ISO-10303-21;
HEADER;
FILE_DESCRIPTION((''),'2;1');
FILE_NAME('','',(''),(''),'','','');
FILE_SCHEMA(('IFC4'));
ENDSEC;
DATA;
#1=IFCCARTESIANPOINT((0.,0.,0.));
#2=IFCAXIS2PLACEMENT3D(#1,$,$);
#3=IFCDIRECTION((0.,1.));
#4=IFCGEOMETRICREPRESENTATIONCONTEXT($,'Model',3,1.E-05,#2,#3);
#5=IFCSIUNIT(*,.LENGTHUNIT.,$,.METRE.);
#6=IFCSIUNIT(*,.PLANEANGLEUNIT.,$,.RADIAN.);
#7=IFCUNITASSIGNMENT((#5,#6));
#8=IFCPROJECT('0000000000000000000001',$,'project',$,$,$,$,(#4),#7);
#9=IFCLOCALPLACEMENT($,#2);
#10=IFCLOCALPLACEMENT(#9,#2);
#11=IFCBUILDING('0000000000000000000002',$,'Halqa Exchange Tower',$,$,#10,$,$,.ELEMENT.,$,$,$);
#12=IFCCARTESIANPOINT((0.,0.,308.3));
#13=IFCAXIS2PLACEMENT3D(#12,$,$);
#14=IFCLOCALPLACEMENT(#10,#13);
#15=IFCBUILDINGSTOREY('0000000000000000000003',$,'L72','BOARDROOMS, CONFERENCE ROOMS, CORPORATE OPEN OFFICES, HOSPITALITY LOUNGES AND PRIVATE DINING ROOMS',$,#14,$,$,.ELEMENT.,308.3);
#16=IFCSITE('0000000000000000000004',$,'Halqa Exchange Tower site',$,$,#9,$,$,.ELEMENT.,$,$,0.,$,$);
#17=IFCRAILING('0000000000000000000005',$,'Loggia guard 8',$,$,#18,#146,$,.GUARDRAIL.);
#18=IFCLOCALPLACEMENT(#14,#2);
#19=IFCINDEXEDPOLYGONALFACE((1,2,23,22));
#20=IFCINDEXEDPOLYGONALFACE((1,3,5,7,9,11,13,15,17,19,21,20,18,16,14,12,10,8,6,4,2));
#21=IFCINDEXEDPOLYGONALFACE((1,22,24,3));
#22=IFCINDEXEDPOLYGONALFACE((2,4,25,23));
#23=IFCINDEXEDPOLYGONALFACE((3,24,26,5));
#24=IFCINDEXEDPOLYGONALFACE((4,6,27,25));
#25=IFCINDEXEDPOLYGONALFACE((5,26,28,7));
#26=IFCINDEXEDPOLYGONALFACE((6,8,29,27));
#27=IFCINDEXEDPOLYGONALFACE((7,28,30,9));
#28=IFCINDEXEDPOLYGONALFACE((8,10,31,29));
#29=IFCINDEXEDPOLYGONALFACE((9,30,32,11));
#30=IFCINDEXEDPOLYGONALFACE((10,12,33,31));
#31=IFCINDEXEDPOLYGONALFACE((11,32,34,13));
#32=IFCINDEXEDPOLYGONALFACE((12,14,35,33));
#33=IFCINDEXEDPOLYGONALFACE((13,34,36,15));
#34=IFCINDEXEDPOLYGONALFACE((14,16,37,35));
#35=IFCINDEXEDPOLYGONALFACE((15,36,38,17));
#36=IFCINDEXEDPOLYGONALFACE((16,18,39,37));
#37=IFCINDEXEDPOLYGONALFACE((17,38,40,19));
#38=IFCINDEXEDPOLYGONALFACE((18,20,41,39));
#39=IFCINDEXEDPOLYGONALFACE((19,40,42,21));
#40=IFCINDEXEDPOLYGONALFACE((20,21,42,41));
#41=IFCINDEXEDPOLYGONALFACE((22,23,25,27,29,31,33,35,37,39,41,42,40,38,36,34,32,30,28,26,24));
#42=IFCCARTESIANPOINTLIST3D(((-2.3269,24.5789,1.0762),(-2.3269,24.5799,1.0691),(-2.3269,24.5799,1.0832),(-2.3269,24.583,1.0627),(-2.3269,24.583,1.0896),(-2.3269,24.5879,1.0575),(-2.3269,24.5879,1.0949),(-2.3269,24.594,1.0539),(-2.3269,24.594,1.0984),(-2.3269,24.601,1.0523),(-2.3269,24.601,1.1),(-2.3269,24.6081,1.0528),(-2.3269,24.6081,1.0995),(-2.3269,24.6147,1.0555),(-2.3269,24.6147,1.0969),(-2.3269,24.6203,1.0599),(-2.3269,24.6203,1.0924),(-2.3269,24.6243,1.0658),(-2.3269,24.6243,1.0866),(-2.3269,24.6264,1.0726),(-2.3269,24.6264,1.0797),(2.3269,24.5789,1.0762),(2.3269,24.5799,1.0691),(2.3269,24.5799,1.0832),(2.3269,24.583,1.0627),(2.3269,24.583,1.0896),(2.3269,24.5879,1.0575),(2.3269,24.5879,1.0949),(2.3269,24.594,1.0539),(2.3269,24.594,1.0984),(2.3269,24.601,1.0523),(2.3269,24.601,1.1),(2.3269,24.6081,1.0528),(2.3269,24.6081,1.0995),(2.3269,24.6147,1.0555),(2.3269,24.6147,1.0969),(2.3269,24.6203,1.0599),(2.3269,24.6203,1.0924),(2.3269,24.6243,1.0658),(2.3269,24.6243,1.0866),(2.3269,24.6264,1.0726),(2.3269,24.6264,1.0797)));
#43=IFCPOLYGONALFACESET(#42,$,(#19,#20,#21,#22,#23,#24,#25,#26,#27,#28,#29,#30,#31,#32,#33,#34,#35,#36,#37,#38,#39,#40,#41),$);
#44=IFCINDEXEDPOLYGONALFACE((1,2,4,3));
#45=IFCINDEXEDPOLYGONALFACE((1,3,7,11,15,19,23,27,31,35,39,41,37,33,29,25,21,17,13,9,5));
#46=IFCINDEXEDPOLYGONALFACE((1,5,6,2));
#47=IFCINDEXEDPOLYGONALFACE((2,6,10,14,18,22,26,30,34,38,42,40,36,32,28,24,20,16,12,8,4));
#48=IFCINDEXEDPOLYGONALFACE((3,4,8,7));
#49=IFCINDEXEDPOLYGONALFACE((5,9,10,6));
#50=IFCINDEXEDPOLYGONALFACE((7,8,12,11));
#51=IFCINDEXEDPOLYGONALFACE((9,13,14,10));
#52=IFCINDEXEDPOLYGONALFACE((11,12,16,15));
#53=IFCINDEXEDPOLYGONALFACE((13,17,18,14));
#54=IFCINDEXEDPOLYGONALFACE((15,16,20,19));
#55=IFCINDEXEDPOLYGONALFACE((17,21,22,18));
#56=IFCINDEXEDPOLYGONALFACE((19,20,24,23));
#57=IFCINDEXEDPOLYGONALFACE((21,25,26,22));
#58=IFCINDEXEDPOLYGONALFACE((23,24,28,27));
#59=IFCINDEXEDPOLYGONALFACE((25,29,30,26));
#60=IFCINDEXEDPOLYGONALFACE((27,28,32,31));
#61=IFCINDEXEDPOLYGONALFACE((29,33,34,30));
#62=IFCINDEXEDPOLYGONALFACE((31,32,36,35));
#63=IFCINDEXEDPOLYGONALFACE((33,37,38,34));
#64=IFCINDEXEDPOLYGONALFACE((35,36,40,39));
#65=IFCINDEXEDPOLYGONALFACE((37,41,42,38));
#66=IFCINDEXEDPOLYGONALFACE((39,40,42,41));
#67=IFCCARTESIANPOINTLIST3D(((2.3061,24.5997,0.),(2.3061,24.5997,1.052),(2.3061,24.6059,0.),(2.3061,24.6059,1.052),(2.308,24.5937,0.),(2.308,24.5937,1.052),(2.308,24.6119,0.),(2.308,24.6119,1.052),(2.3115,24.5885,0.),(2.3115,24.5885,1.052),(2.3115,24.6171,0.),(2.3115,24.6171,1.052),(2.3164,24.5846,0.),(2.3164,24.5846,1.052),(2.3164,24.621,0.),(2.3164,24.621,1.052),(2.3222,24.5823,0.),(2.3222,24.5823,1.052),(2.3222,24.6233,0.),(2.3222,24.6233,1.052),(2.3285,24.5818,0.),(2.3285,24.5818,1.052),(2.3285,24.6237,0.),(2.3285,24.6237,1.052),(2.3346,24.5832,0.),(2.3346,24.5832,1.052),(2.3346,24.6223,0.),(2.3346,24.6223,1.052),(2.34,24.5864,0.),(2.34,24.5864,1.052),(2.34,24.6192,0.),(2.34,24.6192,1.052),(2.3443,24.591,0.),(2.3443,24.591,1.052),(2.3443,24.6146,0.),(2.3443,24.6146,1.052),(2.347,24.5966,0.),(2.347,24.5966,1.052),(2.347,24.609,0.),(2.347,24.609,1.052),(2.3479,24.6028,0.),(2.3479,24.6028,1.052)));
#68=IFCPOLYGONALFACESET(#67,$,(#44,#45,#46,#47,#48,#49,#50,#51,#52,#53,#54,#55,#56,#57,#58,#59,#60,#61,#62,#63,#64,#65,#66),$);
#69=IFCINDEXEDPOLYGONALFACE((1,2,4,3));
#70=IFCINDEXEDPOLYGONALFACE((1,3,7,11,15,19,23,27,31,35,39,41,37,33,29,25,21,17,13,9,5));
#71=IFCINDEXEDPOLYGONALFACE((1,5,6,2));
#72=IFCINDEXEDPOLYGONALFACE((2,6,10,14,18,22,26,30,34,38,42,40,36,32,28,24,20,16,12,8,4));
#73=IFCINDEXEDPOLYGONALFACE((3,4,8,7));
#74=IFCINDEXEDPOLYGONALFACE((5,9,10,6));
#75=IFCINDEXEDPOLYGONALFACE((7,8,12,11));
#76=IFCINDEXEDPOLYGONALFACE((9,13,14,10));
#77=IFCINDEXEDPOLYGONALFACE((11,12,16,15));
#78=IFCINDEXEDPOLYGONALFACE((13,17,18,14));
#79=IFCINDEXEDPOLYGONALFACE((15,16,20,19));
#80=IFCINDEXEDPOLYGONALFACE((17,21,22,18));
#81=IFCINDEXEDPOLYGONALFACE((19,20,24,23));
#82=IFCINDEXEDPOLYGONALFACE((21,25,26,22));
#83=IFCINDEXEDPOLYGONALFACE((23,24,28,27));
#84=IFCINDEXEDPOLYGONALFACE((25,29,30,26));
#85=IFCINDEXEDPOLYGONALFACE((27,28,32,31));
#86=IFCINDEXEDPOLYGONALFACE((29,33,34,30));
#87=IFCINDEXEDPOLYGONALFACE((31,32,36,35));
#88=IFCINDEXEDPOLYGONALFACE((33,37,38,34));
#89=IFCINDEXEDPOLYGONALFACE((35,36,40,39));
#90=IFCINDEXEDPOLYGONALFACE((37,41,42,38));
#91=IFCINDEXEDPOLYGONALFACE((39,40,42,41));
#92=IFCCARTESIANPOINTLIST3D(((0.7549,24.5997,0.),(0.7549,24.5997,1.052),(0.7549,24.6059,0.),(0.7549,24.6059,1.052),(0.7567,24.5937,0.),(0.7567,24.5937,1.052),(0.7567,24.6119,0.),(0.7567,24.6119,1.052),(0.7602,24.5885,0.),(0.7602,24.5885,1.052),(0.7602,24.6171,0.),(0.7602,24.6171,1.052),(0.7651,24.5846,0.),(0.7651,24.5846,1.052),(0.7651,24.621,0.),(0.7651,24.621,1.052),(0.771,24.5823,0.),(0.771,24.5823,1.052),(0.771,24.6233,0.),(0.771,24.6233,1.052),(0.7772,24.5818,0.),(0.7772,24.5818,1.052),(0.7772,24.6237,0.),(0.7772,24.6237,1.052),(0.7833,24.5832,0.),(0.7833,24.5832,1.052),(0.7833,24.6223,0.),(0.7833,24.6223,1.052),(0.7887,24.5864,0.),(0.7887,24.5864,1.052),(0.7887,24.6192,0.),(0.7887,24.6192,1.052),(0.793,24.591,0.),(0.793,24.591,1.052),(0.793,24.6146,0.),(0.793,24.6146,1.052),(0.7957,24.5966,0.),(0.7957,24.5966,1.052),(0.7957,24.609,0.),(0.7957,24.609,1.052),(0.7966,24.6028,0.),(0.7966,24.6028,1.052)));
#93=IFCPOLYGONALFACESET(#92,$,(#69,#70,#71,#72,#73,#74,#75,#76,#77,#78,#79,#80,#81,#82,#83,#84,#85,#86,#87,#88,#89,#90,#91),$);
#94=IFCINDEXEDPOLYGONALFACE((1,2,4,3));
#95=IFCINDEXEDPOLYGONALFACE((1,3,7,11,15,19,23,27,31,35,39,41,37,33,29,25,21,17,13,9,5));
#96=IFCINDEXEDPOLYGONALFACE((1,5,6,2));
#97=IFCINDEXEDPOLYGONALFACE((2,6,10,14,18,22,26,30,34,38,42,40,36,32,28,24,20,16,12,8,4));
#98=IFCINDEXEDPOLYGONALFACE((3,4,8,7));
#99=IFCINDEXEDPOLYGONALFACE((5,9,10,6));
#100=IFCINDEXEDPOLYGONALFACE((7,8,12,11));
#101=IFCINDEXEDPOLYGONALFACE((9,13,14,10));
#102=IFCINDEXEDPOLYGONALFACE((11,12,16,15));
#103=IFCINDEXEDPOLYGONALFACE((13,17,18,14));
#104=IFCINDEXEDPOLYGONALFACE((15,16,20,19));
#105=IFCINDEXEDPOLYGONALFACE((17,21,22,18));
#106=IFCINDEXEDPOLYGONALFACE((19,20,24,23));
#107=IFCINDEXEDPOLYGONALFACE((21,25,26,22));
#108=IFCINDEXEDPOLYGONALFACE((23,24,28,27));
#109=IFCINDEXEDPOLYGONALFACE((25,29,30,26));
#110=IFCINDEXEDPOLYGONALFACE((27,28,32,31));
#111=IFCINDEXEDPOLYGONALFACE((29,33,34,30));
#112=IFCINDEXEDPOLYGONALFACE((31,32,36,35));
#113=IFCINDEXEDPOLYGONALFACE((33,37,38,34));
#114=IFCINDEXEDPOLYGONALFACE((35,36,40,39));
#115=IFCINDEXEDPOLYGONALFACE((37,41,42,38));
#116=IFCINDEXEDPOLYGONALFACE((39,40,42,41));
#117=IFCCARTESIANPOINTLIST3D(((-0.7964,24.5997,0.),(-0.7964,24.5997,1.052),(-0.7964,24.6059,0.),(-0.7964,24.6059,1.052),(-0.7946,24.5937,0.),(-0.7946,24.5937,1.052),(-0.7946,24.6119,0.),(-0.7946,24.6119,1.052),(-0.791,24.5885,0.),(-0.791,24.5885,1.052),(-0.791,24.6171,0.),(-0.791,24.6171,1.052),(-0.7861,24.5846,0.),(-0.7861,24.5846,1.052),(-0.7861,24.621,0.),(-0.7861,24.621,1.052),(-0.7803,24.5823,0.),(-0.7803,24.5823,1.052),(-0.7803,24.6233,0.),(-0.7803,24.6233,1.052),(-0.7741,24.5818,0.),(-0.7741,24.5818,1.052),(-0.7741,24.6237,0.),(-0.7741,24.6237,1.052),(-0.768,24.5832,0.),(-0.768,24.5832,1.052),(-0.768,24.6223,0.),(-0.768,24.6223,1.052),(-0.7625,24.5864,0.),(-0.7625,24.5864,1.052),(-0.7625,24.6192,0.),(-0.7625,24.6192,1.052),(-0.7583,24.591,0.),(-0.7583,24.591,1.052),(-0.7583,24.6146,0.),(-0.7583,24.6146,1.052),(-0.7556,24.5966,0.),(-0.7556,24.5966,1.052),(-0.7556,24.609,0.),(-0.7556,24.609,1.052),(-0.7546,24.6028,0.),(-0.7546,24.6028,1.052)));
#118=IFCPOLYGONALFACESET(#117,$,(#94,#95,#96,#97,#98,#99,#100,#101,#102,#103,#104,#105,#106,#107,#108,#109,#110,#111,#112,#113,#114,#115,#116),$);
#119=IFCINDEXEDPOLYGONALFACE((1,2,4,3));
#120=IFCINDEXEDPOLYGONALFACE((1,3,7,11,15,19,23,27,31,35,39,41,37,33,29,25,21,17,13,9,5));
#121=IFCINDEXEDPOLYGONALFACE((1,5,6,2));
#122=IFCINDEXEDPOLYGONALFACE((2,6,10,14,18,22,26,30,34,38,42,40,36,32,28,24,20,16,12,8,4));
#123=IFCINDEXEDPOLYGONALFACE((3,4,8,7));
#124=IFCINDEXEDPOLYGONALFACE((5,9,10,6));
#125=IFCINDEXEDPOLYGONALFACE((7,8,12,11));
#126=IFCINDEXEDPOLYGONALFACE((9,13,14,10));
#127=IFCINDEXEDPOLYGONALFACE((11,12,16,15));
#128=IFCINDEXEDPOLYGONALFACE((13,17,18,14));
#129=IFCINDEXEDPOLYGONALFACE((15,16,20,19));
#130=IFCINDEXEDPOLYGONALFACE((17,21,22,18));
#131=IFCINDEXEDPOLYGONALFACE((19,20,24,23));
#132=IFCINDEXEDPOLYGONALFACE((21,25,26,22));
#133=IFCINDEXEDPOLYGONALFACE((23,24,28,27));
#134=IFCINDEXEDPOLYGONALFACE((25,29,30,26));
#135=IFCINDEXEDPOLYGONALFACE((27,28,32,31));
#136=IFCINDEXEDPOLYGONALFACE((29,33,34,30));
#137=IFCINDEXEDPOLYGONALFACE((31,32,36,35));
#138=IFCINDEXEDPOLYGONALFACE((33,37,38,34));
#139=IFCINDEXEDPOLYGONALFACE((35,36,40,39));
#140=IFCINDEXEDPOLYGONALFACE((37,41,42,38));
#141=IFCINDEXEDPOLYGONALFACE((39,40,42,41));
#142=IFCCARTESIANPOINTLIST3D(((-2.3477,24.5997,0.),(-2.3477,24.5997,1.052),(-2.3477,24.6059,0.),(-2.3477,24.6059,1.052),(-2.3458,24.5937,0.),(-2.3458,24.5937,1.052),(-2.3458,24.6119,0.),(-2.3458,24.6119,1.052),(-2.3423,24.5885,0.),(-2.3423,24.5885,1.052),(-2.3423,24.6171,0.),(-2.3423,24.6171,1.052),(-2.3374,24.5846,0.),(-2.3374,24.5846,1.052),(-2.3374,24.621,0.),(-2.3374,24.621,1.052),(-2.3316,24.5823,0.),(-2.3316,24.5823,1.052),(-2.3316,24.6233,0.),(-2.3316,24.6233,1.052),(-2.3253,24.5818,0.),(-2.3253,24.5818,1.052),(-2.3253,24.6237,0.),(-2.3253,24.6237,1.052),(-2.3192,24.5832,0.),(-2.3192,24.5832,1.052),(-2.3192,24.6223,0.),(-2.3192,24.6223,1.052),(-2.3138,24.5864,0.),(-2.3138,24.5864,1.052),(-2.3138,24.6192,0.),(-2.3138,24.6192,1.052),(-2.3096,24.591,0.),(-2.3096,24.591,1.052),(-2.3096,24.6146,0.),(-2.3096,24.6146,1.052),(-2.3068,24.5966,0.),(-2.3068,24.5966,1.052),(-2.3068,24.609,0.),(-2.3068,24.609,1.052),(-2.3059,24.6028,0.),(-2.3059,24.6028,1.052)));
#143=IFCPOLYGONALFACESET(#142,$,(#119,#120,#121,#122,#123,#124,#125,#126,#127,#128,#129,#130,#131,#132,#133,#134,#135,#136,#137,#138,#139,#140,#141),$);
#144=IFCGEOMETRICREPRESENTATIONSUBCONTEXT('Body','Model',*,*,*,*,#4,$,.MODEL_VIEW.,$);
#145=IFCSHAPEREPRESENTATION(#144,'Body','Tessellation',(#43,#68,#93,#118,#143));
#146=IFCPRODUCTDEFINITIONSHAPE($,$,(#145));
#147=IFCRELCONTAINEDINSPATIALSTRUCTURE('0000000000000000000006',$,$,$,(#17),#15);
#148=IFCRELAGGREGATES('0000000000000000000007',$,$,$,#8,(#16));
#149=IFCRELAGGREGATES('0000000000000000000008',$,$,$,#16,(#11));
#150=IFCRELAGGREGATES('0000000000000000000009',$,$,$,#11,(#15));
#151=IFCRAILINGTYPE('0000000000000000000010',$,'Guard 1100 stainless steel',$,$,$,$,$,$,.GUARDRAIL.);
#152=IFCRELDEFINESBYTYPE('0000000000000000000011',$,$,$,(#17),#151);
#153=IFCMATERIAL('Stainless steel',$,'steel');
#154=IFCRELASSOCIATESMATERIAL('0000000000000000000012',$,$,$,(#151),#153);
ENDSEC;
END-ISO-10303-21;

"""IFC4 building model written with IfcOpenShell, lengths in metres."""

from ifc_helpers import new_model, si_unit, direction, frame, origin, origin_2d, place, context, subcontext, project, spatial, circle, extrude, material, type_object, element, save


model = new_model("IFC4")

# Units and contexts
model_context = context("Model", 3, precision=1e-05, world=origin(), true_north=direction((0.0, 1.0)))
body_context = subcontext(model_context, "Body", "Model", "MODEL_VIEW")
ifc_project = project(units=[si_unit("LENGTHUNIT", "METRE"), si_unit("PLANEANGLEUNIT", "RADIAN")], contexts=[model_context])

# Site, building, storey
site_placement = place(None, origin())
site = spatial("IfcSite", under=ifc_project, at=site_placement, Name="Halqa Exchange Tower site", CompositionType="ELEMENT", RefElevation=0.0)
building_placement = place(site_placement, origin())
building = spatial("IfcBuilding", under=site, at=building_placement, Name="Halqa Exchange Tower", CompositionType="ELEMENT")
storey_placement = place(building_placement, frame((0.0, 0.0, 308.3)))
storey = spatial("IfcBuildingStorey", under=building, at=storey_placement, Name="L72", Description="BOARDROOMS, CONFERENCE ROOMS, CORPORATE OPEN OFFICES, HOSPITALITY LOUNGES AND PRIVATE DINING ROOMS", CompositionType="ELEMENT", Elevation=308.3)

# Railing
ifc_material_1 = material(Name="Stainless steel", Category="steel")
railing_type_1 = type_object("IfcRailingType", Name="Guard 1100 stainless steel", PredefinedType="GUARDRAIL", material=ifc_material_1)
railing_1_placement = place(storey_placement, frame((2.3269, 24.6028, 0.0)))
element("IfcRailing", 1, at=railing_1_placement, inside=storey, type_object=railing_type_1, Name="Loggia guard 8", PredefinedType="GUARDRAIL", context=body_context, shape_type="SweptSolid", body=[
    extrude(circle(Radius=0.0239, at=origin_2d()), frame((0.0, 0.0, 1.0762), z_axis=(-1.0, 0.0, 0.0), x_axis=(0.0, -1.0, 0.0)), (0.0, 0.0, 1.0), 4.6538),
    extrude(circle(Radius=0.021, at=origin_2d()), origin(), (0.0, 0.0, 1.0), 1.052),
    extrude(circle(Radius=0.021, at=origin_2d()), frame((-1.5513, 0.0, 0.0)), (0.0, 0.0, 1.0), 1.052),
    extrude(circle(Radius=0.021, at=origin_2d()), frame((-3.1025, 0.0, 0.0)), (0.0, 0.0, 1.0), 1.052),
    extrude(circle(Radius=0.021, at=origin_2d()), frame((-4.6538, 0.0, 0.0)), (0.0, 0.0, 1.0), 1.052),
])

save(model, "model.ifc")
